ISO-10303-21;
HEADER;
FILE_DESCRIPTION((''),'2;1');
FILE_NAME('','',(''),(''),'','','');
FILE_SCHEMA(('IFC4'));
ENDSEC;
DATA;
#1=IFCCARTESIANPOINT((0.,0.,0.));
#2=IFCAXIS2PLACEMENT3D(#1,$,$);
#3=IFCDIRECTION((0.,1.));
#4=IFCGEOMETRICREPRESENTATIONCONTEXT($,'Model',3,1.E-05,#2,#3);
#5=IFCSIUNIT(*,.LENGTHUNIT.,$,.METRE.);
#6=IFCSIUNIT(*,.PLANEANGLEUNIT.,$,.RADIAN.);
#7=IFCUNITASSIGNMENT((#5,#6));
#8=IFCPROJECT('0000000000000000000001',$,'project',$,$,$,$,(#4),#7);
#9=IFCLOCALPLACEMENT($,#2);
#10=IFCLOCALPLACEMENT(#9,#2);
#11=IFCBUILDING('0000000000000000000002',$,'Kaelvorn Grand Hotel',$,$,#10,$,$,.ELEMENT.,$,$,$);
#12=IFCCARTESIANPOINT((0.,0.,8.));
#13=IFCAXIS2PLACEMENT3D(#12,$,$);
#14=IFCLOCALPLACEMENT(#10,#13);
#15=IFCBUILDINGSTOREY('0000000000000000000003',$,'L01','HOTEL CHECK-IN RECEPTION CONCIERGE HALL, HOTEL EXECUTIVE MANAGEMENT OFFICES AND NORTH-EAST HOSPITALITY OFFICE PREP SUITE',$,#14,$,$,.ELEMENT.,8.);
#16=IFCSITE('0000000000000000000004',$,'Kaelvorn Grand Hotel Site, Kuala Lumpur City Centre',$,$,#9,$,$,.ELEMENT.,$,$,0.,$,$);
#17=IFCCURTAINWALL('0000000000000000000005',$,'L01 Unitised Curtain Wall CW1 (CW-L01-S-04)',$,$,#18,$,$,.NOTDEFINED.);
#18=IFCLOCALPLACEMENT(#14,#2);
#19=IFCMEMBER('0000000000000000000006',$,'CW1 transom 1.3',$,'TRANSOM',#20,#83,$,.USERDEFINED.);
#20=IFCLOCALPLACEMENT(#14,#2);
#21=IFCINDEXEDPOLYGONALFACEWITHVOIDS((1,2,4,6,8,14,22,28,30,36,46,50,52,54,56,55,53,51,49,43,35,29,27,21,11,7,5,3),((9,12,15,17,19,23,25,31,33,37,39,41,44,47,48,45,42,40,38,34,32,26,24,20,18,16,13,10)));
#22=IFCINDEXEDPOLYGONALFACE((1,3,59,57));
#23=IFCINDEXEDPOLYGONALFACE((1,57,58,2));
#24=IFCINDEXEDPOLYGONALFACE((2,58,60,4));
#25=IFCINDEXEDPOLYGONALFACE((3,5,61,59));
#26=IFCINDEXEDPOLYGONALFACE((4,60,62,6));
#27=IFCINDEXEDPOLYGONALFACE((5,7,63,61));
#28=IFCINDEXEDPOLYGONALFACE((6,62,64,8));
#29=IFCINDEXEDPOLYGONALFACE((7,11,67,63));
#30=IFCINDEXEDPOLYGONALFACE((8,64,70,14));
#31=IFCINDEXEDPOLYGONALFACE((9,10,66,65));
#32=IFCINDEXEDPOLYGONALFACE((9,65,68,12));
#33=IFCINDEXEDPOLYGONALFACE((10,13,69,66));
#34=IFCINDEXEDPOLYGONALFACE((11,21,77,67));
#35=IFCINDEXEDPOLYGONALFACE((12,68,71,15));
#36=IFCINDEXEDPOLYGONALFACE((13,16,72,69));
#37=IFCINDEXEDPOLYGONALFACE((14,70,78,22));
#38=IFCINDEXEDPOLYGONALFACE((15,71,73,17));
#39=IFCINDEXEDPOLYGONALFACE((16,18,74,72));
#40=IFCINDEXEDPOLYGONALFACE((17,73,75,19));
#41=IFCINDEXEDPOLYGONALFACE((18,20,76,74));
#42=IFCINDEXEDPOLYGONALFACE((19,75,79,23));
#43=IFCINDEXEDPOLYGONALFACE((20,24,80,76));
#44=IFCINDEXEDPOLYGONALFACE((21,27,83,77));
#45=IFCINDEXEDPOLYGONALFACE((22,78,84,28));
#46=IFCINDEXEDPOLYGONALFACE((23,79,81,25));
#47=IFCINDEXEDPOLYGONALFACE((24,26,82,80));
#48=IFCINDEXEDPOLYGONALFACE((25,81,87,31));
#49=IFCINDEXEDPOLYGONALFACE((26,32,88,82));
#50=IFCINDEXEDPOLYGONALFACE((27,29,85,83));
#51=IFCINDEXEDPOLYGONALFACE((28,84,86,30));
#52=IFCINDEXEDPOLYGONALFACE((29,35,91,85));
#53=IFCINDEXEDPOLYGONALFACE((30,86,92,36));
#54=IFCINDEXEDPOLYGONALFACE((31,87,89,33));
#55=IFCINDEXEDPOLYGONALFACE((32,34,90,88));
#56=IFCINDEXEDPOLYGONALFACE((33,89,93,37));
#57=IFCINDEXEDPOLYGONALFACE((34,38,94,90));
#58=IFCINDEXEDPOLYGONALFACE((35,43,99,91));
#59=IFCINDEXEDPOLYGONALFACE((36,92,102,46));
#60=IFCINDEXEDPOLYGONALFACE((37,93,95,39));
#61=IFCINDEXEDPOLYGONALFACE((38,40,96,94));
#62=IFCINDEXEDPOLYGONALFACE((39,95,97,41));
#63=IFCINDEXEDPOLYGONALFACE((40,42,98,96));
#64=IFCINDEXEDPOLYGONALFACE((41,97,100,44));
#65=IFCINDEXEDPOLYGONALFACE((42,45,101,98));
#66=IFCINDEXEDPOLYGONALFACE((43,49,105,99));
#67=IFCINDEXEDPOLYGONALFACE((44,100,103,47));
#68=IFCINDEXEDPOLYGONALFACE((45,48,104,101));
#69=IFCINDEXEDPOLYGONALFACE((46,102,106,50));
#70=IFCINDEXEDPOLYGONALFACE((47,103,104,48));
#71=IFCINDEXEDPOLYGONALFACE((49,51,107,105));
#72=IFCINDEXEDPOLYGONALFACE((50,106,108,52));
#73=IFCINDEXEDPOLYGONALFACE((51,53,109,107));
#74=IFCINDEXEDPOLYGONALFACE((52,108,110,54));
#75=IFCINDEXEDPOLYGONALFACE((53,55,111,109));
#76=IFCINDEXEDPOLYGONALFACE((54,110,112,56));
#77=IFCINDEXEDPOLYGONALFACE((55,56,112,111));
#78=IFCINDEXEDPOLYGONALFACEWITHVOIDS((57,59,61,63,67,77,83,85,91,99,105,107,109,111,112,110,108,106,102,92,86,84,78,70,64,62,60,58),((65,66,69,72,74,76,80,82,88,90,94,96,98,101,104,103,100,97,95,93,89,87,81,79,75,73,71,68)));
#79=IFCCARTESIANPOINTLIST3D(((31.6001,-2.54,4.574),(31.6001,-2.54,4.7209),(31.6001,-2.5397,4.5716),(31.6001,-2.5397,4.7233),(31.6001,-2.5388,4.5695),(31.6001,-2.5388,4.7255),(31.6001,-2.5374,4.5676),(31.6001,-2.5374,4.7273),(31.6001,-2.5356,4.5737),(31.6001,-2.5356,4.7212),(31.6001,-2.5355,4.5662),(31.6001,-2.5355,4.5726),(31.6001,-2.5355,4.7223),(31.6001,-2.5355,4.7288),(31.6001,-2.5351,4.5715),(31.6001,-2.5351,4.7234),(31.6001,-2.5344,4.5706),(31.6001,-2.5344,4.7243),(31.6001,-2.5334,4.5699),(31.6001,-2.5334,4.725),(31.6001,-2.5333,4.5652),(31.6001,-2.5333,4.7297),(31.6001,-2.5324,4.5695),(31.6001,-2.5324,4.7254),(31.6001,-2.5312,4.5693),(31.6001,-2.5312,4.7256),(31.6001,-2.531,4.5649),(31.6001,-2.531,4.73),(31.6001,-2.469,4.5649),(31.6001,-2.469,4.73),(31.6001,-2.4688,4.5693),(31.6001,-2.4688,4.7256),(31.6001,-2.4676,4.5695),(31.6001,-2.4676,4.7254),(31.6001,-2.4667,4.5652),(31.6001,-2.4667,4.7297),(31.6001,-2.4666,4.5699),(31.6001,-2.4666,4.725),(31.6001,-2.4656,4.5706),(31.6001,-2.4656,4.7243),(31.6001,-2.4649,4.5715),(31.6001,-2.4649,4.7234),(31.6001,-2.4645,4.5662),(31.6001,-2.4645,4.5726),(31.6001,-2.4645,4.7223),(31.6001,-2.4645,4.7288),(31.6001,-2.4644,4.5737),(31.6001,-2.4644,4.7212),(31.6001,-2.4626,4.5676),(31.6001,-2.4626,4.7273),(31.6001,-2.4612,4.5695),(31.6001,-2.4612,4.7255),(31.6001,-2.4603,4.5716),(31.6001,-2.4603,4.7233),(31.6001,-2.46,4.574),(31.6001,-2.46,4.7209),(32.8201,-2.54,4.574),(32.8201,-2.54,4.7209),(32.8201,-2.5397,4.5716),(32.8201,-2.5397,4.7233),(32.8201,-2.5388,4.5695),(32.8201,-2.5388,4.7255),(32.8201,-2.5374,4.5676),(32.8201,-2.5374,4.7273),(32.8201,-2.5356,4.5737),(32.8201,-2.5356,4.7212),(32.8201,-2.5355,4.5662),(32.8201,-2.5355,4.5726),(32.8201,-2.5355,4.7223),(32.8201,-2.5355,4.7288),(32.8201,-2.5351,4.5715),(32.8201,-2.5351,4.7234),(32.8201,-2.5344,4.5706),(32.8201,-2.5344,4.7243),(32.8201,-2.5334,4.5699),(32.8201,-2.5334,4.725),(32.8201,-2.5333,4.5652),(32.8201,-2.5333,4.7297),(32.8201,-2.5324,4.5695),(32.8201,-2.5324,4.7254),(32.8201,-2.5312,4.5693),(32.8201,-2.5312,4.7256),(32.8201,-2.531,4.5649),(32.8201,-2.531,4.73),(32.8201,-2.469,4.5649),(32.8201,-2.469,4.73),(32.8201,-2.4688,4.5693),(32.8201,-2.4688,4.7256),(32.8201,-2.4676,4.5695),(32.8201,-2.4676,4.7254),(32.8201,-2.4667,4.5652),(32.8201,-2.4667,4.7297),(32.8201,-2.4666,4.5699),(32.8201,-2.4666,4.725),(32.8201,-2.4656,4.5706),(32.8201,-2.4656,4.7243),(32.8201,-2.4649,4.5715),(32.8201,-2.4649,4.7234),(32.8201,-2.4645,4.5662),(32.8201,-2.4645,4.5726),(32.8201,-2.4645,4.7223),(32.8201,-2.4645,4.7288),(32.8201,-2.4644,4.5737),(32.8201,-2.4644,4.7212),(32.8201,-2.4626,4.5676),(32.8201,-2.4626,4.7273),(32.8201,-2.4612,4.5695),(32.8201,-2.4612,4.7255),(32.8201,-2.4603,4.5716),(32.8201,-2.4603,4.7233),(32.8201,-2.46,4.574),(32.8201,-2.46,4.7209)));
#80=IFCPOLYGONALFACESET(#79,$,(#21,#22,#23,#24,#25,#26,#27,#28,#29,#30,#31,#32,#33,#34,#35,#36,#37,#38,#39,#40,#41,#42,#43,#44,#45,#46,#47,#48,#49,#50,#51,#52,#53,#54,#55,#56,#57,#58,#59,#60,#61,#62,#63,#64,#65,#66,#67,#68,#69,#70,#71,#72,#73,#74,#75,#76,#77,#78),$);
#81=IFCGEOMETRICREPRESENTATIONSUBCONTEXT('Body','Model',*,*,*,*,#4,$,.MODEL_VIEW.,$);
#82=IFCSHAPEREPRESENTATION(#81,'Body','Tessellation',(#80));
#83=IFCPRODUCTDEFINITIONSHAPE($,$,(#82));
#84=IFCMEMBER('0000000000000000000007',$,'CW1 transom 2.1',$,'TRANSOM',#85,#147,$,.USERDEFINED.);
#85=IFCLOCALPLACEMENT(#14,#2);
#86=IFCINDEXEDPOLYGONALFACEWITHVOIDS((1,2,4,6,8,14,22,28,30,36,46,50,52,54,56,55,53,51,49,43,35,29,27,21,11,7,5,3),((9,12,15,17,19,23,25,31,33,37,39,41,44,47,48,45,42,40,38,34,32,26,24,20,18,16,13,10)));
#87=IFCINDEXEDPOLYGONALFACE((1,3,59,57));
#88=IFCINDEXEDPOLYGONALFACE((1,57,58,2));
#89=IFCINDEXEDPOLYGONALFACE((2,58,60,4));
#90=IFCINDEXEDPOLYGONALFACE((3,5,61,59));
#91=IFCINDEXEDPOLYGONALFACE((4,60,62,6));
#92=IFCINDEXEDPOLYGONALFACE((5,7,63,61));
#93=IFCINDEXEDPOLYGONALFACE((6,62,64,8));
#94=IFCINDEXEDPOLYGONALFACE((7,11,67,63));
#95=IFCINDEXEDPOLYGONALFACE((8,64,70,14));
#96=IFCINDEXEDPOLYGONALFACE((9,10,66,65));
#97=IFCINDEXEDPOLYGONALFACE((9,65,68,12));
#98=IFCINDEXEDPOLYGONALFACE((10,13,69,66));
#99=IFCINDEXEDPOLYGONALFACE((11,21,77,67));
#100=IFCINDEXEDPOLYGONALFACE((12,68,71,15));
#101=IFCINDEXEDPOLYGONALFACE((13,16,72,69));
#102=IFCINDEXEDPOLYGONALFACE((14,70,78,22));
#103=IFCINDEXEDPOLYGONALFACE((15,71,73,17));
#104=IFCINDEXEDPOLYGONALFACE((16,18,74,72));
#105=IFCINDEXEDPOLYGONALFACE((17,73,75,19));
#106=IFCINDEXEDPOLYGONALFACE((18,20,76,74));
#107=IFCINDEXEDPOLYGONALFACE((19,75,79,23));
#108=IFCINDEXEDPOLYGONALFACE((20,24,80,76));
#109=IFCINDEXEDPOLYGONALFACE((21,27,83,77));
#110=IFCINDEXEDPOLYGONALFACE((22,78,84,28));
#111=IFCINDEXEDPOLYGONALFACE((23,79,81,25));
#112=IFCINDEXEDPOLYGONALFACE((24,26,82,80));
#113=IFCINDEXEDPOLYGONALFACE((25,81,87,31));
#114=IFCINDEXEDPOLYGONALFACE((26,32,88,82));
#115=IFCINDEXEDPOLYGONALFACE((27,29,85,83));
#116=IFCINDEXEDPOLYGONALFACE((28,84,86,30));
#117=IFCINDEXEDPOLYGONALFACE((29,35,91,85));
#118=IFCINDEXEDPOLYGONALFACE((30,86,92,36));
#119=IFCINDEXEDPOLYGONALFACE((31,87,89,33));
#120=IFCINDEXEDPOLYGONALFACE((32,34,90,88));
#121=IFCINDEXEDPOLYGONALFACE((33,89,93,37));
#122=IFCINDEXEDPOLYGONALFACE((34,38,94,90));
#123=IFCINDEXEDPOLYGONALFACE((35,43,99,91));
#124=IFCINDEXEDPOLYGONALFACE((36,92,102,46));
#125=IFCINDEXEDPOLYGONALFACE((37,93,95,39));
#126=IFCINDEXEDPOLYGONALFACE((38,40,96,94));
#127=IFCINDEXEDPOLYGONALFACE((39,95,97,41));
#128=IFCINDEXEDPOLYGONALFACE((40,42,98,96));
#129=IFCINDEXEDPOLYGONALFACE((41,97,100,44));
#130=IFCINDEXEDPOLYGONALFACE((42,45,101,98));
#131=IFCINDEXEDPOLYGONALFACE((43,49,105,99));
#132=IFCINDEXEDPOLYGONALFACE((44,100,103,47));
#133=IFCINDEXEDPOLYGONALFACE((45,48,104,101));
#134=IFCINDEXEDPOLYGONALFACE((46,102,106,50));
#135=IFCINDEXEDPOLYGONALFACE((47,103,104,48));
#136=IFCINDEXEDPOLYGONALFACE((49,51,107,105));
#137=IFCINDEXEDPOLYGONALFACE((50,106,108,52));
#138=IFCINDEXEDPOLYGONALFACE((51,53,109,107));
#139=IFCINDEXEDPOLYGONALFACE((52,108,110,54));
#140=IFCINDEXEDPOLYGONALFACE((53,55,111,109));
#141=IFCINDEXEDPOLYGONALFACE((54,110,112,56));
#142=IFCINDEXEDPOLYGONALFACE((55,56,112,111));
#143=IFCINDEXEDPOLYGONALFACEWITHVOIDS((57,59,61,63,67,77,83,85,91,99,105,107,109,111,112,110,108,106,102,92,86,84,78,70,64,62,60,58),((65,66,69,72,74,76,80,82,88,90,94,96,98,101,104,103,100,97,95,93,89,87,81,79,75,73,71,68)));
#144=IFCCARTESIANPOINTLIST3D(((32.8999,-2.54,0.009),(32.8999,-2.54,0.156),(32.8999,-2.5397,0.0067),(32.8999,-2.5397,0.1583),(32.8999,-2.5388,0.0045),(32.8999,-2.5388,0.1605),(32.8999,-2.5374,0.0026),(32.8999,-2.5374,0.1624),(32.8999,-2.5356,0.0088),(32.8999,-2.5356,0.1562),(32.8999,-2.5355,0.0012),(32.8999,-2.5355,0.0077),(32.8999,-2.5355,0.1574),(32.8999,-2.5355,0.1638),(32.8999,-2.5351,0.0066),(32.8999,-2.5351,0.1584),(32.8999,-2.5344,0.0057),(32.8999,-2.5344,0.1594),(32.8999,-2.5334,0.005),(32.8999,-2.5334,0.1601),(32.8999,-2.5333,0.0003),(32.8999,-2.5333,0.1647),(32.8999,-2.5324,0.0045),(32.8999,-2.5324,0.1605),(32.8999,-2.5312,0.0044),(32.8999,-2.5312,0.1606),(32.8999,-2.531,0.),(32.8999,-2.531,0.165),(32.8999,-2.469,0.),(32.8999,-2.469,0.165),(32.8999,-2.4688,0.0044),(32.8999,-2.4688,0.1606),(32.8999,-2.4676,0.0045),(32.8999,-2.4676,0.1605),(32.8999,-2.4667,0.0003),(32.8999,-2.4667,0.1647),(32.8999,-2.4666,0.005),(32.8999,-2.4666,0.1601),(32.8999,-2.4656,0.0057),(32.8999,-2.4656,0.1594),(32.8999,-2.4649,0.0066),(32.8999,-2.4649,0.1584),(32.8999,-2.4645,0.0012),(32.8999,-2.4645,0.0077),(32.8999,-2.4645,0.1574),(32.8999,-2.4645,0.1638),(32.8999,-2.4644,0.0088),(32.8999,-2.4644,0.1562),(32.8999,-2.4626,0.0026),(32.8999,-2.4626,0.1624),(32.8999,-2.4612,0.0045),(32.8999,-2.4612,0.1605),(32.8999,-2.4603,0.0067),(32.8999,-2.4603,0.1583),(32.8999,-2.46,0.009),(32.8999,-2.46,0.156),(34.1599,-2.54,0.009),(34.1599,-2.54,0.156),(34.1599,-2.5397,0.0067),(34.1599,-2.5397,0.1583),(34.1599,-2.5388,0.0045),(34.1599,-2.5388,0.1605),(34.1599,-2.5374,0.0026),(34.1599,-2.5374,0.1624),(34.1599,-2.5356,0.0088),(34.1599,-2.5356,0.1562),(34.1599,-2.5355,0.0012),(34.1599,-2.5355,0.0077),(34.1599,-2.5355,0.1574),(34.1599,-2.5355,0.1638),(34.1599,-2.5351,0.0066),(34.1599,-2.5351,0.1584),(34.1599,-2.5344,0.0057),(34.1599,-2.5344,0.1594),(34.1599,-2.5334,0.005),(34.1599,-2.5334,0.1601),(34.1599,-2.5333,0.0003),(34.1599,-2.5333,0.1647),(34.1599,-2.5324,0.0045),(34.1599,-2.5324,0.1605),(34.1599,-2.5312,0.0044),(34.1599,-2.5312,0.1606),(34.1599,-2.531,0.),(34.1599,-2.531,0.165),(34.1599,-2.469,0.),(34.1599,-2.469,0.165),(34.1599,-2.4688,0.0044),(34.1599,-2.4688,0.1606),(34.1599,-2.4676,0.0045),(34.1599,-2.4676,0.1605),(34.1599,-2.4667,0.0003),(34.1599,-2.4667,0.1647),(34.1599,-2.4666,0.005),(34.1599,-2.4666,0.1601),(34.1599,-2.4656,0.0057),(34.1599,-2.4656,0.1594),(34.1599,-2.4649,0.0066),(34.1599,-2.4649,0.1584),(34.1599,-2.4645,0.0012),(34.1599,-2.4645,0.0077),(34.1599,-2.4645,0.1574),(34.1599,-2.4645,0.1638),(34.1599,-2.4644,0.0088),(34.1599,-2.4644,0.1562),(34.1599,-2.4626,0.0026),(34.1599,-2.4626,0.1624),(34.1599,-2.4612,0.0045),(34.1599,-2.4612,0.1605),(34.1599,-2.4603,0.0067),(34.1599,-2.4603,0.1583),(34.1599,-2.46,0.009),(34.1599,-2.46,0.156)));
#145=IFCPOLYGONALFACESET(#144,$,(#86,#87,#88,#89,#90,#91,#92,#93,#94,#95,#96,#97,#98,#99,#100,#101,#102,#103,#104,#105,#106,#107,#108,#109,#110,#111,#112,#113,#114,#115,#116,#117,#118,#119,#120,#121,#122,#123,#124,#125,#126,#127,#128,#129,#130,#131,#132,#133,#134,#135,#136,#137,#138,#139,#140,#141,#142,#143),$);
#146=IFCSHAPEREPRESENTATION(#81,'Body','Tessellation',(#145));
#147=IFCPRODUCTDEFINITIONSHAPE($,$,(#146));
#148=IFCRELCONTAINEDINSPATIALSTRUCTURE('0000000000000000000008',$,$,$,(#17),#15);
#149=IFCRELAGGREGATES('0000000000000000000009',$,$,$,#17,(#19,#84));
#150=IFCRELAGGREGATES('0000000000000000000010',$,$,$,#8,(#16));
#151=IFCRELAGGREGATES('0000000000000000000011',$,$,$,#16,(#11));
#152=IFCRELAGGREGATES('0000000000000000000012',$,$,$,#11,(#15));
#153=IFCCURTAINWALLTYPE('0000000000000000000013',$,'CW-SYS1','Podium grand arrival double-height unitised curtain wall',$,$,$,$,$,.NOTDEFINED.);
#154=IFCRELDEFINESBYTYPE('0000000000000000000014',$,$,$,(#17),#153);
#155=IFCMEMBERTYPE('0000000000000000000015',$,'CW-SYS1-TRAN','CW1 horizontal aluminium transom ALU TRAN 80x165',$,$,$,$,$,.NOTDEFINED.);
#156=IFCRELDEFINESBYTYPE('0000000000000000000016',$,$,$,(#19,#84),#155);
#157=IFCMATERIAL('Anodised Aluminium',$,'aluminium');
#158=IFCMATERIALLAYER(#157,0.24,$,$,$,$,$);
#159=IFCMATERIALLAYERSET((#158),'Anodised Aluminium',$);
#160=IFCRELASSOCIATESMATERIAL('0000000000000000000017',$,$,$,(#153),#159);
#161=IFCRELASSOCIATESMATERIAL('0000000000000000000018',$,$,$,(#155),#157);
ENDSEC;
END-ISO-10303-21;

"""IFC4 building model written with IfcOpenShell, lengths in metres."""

from ifc_helpers import new_model, si_unit, direction, frame, origin, origin_2d, place, context, subcontext, project, spatial, hollow_rectangle, extrude, material, layer, layer_set, material_profile, profile_set, type_object, element, aggregate, save


model = new_model("IFC4")

# Units and contexts
model_context = context("Model", 3, precision=1e-05, world=origin(), true_north=direction((0.0, 1.0)))
body_context = subcontext(model_context, "Body", "Model", "MODEL_VIEW")
ifc_project = project(units=[si_unit("LENGTHUNIT", "METRE"), si_unit("PLANEANGLEUNIT", "RADIAN")], contexts=[model_context])

# Site, building, storey
site_placement = place(None, origin())
site = spatial("IfcSite", under=ifc_project, at=site_placement, Name="Kaelvorn Grand Hotel Site, Kuala Lumpur City Centre", CompositionType="ELEMENT", RefElevation=0.0)
building_placement = place(site_placement, origin())
building = spatial("IfcBuilding", under=site, at=building_placement, Name="Kaelvorn Grand Hotel", CompositionType="ELEMENT")
storey_placement = place(building_placement, frame((0.0, 0.0, 8.0)))
storey = spatial("IfcBuildingStorey", under=building, at=storey_placement, Name="L01", Description="HOTEL CHECK-IN RECEPTION CONCIERGE HALL, HOTEL EXECUTIVE MANAGEMENT OFFICES AND NORTH-EAST HOSPITALITY OFFICE PREP SUITE", CompositionType="ELEMENT", Elevation=8.0)

# Shared definitions
ifc_material_1 = material(Name="Anodised Aluminium", Category="aluminium")
ifc_layer_1 = layer(ifc_material_1, 0.24)
ifc_layer_set_1 = layer_set([ifc_layer_1], Name="Anodised Aluminium")
curtain_wall_type = type_object("IfcCurtainWallType", Name="CW-SYS1", Description="Podium grand arrival double-height unitised curtain wall", PredefinedType="NOTDEFINED", material=ifc_layer_set_1)

# Curtain wall
curtain_wall_1_placement = place(storey_placement, origin())
curtain_wall_1 = element("IfcCurtainWall", 1, at=curtain_wall_1_placement, inside=storey, type_object=curtain_wall_type, Name="L01 Unitised Curtain Wall CW1 (CW-L01-S-04)", PredefinedType="NOTDEFINED")

# Members
ifc_material_profile_1 = material_profile(ifc_material_1, hollow_rectangle(XDim=0.0801, YDim=0.165, WallThickness=0.0044, InnerFilletRadius=0.0044, OuterFilletRadius=0.009, at=origin_2d()), Name="ALU TRAN 80x165")
ifc_profile_set_1 = profile_set([ifc_material_profile_1], Name="Anodised Aluminium")
member_type_1 = type_object("IfcMemberType", Name="CW-SYS1-TRAN", Description="CW1 horizontal aluminium transom ALU TRAN 80x165", PredefinedType="NOTDEFINED", material=ifc_profile_set_1)
member_1_placement = place(storey_placement, frame((31.6001, -2.5, 4.6475), z_axis=(1.0, 0.0, 0.0), x_axis=(0.0, 1.0, 0.0)))
member_1 = element("IfcMember", 2, at=member_1_placement, type_object=member_type_1, Name="CW1 transom 1.3", ObjectType="TRANSOM", PredefinedType="USERDEFINED", context=body_context, shape_type="SweptSolid", body=[
    extrude(hollow_rectangle(XDim=0.0801, YDim=0.165, WallThickness=0.0044, InnerFilletRadius=0.0044, OuterFilletRadius=0.009, at=origin_2d()), origin(), (0.0, 0.0, 1.0), 1.22),
])
member_2_placement = place(storey_placement, frame((32.8999, -2.5, 0.0825), z_axis=(1.0, 0.0, 0.0), x_axis=(0.0, 1.0, 0.0)))
member_2 = element("IfcMember", 3, at=member_2_placement, type_object=member_type_1, Name="CW1 transom 2.1", ObjectType="TRANSOM", PredefinedType="USERDEFINED", context=body_context, shape_type="SweptSolid", body=[
    extrude(hollow_rectangle(XDim=0.0801, YDim=0.165, WallThickness=0.0044, InnerFilletRadius=0.0044, OuterFilletRadius=0.009, at=origin_2d()), origin(), (0.0, 0.0, 1.0), 1.26),
])

aggregate(curtain_wall_1, [member_1, member_2])

save(model, "model.ifc")
